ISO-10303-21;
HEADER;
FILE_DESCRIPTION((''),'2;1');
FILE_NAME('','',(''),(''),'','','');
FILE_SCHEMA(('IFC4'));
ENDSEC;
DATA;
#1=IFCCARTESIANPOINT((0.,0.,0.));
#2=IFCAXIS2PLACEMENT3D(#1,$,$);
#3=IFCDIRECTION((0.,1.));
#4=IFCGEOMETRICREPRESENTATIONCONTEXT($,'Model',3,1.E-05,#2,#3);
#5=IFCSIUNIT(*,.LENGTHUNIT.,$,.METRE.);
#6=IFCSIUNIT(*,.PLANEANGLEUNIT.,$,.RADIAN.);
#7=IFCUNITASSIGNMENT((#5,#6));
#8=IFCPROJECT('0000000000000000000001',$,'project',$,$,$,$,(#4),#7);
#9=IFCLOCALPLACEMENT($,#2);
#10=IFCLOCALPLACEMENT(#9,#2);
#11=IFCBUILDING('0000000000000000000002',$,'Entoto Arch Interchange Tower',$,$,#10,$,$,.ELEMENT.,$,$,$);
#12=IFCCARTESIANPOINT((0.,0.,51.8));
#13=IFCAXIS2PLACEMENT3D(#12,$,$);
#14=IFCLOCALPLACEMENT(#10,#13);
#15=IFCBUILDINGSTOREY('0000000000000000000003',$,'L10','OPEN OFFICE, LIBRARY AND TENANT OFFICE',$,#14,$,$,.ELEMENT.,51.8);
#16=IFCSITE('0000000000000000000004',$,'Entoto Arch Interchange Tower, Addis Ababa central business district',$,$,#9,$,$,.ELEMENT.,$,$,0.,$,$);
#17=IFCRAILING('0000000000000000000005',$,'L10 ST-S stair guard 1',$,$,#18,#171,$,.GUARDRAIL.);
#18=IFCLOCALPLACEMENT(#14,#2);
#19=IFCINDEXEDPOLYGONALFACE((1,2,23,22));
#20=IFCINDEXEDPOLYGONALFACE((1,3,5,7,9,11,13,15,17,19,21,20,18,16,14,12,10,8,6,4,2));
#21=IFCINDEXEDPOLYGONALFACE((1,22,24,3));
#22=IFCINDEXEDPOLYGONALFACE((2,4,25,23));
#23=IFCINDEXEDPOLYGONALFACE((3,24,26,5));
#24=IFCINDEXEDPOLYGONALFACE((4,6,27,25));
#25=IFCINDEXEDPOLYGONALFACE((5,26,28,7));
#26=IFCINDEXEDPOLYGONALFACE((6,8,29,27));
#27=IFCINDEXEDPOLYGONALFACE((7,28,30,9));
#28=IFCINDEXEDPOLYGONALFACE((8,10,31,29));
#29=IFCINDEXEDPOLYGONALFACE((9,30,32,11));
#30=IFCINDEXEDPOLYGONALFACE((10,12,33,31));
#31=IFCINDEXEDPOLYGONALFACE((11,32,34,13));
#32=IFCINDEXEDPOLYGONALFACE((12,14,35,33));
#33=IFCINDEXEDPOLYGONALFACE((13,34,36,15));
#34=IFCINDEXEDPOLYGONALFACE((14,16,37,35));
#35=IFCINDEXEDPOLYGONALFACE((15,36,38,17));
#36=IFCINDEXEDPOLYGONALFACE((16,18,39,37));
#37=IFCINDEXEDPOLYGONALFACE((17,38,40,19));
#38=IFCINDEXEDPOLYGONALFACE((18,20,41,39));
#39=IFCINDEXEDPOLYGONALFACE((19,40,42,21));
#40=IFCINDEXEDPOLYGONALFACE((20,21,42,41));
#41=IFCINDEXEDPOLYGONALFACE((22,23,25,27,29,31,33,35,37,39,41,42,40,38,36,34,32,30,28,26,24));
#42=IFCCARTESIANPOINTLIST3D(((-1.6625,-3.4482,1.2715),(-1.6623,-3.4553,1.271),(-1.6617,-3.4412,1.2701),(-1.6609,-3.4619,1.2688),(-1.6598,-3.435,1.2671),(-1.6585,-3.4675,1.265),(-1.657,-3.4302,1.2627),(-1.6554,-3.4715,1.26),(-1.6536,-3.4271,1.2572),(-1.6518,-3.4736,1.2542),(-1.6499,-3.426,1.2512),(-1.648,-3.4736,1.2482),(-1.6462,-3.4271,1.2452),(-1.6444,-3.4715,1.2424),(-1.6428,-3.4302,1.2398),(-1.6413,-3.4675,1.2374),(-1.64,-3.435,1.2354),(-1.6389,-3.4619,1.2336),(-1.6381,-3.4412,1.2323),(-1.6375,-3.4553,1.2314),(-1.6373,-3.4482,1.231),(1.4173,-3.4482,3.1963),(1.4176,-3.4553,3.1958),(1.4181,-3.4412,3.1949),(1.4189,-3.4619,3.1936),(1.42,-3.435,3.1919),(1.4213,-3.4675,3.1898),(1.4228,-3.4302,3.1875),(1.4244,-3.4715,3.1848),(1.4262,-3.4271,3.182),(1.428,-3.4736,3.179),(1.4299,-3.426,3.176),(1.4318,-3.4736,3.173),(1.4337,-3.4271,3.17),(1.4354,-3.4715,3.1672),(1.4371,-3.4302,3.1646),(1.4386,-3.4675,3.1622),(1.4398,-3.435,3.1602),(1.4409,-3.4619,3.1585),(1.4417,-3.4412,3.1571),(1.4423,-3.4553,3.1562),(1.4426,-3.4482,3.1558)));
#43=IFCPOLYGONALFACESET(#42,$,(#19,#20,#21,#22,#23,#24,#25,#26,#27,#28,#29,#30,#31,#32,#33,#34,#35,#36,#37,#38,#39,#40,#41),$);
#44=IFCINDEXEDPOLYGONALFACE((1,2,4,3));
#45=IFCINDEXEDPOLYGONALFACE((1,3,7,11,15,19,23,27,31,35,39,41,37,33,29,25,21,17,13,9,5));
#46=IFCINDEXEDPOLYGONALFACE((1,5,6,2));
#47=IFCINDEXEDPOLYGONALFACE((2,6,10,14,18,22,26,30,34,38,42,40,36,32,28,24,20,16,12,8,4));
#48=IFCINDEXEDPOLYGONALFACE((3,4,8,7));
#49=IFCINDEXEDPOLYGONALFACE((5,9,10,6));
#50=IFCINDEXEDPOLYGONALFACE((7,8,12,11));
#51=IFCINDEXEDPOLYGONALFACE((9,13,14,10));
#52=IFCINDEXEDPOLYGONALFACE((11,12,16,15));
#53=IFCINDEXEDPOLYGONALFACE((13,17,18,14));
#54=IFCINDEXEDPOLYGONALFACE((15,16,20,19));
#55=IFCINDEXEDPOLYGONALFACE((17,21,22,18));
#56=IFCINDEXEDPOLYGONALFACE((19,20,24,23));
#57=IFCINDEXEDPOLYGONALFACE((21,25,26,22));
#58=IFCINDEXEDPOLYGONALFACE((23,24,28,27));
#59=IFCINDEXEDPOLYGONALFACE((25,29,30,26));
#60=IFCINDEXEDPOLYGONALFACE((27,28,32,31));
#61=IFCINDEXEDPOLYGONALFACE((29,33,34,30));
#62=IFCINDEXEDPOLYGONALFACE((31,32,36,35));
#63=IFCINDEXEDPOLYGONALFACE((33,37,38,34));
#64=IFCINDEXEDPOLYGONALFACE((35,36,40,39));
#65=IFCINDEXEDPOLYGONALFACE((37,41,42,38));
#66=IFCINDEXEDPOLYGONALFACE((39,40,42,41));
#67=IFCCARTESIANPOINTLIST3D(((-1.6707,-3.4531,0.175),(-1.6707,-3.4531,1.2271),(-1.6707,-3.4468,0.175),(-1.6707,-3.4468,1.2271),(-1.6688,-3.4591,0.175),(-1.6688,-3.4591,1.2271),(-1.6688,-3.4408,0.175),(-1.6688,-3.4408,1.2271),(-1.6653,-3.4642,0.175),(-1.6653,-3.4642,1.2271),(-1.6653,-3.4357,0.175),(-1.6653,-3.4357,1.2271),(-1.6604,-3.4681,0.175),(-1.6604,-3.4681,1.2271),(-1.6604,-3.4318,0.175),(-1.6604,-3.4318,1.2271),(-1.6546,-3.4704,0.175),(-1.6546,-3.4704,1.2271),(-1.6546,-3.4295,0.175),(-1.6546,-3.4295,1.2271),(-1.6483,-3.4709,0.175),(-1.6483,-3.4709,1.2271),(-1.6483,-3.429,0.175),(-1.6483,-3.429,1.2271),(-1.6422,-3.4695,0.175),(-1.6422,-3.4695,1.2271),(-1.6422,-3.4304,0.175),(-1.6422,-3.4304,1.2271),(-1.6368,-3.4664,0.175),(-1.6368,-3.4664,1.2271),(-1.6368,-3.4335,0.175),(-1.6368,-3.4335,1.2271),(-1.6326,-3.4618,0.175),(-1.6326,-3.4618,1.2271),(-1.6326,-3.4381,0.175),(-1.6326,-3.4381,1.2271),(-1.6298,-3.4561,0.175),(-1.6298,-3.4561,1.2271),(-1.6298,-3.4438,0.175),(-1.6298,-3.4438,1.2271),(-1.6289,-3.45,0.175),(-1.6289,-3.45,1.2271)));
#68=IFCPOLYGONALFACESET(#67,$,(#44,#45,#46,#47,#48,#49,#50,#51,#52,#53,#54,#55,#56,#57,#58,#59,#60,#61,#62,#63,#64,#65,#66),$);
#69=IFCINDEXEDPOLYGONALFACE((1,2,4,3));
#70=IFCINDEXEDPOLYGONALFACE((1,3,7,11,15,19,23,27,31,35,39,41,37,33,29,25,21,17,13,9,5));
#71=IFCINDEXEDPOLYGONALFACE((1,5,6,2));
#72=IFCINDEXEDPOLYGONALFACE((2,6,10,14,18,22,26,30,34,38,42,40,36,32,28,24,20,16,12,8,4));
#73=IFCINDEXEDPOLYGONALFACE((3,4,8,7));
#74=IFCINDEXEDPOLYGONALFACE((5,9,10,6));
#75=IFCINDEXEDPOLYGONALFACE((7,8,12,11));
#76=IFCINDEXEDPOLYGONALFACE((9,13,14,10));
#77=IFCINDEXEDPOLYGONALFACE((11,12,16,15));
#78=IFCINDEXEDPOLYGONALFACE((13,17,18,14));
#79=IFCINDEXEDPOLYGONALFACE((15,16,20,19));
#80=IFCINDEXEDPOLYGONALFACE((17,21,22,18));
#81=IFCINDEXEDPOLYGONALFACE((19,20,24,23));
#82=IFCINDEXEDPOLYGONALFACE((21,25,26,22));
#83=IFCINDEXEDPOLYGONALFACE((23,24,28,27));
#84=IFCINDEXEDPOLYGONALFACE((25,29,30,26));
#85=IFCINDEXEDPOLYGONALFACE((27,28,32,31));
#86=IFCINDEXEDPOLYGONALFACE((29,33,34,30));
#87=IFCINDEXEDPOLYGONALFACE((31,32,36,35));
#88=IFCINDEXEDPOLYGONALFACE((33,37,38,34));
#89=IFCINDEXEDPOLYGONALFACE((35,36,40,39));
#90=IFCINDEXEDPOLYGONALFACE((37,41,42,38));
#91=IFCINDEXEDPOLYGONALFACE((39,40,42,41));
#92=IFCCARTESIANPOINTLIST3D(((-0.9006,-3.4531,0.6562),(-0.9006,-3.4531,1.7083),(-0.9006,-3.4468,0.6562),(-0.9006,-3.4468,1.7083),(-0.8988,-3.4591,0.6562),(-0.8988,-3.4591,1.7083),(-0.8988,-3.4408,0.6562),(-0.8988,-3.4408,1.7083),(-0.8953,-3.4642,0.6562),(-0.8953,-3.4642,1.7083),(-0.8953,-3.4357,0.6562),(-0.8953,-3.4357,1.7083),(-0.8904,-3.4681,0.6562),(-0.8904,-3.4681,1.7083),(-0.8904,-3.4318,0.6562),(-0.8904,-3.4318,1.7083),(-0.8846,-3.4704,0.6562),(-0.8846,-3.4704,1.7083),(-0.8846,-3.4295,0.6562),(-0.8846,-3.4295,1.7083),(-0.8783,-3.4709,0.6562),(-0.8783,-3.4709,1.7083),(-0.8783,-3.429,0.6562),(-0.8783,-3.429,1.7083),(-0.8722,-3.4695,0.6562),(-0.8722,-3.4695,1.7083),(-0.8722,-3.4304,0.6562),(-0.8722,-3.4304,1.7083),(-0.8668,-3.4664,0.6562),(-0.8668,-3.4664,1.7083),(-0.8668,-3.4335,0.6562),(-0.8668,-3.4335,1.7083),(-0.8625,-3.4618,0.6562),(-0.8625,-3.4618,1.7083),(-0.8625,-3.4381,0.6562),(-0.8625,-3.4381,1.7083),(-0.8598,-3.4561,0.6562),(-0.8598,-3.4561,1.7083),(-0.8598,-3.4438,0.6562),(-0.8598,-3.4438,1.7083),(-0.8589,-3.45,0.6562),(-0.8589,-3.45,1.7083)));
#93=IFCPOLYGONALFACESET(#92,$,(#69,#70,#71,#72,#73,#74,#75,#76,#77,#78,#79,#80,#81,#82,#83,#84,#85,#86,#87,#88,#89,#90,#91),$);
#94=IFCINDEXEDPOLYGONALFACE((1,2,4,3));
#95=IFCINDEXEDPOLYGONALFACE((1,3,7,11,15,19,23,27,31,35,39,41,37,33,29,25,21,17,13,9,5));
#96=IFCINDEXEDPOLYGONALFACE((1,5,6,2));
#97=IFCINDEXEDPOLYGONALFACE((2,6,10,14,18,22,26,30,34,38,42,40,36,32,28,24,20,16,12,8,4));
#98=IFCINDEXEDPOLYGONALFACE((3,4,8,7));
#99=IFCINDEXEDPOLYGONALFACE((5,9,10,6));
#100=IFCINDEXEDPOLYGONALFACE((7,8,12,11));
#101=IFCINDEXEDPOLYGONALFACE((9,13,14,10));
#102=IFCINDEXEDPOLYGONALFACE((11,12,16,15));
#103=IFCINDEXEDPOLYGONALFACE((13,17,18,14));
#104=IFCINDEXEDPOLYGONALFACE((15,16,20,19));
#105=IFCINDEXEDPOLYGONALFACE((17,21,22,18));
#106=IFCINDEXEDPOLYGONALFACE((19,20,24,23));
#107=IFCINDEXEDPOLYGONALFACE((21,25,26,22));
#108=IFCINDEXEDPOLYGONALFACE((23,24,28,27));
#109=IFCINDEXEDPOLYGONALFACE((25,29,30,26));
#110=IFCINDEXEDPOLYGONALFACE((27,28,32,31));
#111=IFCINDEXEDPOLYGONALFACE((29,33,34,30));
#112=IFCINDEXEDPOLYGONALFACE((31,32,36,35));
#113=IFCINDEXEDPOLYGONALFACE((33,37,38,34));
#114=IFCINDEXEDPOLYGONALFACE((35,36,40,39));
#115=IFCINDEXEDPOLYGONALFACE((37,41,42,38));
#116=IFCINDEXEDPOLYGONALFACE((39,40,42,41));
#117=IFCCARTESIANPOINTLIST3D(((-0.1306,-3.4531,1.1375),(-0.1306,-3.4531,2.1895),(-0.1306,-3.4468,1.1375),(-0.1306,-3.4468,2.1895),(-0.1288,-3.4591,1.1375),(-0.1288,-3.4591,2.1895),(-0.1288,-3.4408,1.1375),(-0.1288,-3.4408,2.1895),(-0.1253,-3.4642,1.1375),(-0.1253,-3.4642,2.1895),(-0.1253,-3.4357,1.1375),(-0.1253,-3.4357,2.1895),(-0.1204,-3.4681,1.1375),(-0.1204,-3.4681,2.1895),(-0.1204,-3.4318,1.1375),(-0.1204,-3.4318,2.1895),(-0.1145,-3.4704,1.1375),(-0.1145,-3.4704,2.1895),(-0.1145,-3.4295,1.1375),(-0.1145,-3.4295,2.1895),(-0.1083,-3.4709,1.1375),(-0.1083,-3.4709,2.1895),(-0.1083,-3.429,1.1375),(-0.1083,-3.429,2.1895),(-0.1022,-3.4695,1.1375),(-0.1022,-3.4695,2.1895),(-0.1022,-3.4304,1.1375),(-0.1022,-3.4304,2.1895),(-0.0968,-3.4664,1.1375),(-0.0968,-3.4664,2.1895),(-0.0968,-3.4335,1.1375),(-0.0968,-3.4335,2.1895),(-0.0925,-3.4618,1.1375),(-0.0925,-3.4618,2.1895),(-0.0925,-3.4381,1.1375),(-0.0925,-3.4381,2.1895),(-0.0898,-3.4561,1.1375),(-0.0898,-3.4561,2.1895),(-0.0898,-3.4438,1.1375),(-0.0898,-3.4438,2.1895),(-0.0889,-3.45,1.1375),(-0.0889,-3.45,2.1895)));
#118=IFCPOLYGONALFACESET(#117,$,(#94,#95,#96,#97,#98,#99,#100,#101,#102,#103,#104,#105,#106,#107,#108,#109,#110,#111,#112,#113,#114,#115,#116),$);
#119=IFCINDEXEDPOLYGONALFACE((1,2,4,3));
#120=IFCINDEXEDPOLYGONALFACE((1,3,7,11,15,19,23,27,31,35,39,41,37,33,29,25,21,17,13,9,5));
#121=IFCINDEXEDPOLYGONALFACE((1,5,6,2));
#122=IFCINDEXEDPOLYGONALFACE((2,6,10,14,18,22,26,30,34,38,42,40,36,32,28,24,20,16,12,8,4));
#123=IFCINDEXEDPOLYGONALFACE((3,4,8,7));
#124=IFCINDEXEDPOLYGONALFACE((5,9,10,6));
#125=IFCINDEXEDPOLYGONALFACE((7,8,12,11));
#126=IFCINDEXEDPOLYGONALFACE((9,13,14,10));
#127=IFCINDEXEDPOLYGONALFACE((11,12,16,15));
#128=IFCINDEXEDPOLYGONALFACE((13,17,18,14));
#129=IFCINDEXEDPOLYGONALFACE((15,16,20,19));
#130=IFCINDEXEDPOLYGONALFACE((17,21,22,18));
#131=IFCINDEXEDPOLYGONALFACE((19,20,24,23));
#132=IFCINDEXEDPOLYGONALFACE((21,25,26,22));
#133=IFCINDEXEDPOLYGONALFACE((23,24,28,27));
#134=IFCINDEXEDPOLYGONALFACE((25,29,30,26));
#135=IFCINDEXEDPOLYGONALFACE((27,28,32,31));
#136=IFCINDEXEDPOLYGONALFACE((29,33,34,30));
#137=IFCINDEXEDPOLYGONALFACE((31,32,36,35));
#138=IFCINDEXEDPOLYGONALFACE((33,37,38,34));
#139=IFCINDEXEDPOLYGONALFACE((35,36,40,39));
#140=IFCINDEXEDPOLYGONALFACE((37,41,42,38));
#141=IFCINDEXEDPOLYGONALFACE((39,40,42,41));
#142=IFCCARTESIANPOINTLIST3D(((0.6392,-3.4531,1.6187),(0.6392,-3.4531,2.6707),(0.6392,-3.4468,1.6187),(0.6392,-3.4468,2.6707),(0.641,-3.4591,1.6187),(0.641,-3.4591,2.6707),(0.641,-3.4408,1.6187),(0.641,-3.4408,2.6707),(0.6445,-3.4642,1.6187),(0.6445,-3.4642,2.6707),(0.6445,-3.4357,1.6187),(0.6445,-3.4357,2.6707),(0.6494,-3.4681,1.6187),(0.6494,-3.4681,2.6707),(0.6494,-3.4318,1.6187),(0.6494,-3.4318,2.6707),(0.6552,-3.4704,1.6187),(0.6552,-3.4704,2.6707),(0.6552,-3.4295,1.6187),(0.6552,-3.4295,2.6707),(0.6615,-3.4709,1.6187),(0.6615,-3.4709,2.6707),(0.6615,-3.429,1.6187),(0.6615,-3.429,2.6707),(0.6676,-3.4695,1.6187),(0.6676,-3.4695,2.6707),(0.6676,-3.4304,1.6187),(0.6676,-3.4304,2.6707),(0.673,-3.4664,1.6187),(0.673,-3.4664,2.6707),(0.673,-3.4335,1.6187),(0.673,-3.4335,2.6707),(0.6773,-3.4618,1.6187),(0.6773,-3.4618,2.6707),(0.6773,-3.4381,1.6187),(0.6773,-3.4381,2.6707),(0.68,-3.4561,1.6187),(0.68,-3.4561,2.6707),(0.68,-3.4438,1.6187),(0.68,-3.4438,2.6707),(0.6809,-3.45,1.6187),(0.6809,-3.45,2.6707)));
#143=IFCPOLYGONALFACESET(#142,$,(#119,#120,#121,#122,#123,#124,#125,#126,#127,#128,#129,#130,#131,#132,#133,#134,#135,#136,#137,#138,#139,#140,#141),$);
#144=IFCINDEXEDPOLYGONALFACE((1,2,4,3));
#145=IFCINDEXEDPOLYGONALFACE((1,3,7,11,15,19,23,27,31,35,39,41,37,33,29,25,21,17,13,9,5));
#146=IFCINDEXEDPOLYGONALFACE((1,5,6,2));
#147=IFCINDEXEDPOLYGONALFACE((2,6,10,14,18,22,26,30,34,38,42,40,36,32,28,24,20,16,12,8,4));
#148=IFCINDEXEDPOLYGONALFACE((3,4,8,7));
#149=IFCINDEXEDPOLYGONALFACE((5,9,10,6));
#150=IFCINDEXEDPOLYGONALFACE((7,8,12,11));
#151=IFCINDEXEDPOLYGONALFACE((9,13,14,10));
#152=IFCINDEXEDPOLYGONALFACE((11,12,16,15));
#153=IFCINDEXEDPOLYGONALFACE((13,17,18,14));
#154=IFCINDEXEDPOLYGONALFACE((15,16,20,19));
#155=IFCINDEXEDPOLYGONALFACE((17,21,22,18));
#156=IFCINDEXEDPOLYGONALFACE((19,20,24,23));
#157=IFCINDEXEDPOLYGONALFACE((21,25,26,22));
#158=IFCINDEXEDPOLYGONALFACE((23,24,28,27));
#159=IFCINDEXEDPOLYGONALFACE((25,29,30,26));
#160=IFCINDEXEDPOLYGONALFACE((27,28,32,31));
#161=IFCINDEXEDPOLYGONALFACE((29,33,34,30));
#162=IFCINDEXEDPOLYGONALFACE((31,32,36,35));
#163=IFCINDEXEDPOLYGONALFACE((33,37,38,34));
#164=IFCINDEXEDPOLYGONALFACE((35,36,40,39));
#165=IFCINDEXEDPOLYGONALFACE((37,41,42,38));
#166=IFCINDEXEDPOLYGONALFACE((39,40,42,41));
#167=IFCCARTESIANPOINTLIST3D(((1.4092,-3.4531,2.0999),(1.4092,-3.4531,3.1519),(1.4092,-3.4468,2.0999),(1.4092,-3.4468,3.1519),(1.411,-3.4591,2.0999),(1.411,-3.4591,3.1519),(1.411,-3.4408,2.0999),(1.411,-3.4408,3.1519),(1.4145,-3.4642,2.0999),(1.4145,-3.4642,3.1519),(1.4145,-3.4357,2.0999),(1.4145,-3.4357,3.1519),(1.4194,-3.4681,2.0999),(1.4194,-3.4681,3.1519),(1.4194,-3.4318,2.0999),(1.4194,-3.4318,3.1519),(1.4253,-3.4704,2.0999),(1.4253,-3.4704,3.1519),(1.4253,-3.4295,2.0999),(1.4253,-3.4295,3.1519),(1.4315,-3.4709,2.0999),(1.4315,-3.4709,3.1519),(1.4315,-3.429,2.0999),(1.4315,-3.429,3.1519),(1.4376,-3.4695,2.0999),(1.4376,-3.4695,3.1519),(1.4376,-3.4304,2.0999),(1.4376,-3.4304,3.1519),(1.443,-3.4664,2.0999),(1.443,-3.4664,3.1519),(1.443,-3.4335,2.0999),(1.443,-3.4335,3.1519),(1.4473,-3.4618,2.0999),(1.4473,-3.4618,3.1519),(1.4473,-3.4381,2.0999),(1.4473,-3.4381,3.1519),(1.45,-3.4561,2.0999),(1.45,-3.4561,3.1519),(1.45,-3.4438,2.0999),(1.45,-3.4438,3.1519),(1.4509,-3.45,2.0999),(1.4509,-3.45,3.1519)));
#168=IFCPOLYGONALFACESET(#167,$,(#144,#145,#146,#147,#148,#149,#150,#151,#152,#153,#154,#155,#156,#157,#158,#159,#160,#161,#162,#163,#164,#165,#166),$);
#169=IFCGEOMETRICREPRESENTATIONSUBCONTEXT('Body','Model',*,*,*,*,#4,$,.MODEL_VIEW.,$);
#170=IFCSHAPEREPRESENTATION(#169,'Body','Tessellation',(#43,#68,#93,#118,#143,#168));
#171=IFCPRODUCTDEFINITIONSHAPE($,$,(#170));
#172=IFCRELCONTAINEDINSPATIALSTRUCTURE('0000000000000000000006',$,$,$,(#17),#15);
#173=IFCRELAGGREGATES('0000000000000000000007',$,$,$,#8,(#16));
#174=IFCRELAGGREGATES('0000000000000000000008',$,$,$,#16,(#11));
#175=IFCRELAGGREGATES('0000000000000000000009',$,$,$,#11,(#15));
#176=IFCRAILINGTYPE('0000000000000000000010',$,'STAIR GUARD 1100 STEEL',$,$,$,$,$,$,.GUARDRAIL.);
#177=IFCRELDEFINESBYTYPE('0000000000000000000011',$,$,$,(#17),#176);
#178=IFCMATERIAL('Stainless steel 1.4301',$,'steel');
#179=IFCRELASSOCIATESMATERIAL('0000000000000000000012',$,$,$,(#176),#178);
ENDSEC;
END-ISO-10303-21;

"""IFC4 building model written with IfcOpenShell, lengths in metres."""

from ifc_helpers import new_model, si_unit, direction, frame, origin, origin_2d, place, context, subcontext, project, spatial, circle, extrude, material, type_object, element, save


model = new_model("IFC4")

# Units and contexts
model_context = context("Model", 3, precision=1e-05, world=origin(), true_north=direction((0.0, 1.0)))
body_context = subcontext(model_context, "Body", "Model", "MODEL_VIEW")
ifc_project = project(units=[si_unit("LENGTHUNIT", "METRE"), si_unit("PLANEANGLEUNIT", "RADIAN")], contexts=[model_context])

# Site, building, storey
site_placement = place(None, origin())
site = spatial("IfcSite", under=ifc_project, at=site_placement, Name="Entoto Arch Interchange Tower, Addis Ababa central business district", CompositionType="ELEMENT", RefElevation=0.0)
building_placement = place(site_placement, origin())
building = spatial("IfcBuilding", under=site, at=building_placement, Name="Entoto Arch Interchange Tower", CompositionType="ELEMENT")
storey_placement = place(building_placement, frame((0.0, 0.0, 51.8)))
storey = spatial("IfcBuildingStorey", under=building, at=storey_placement, Name="L10", Description="OPEN OFFICE, LIBRARY AND TENANT OFFICE", CompositionType="ELEMENT", Elevation=51.8)

# Railing
ifc_material_1 = material(Name="Stainless steel 1.4301", Category="steel")
railing_type_1 = type_object("IfcRailingType", Name="STAIR GUARD 1100 STEEL", PredefinedType="GUARDRAIL", material=ifc_material_1)
railing_1_placement = place(storey_placement, frame((-1.6499, -3.45, 0.175)))
element("IfcRailing", 1, at=railing_1_placement, inside=storey, type_object=railing_type_1, Name="L10 ST-S stair guard 1", PredefinedType="GUARDRAIL", context=body_context, shape_type="SweptSolid", body=[
    extrude(circle(Radius=0.0239, at=origin_2d()), frame((0.0, 0.0, 1.0762), z_axis=(0.84801, 0.0, 0.529981), x_axis=(0.0, 1.0, 0.0)), (0.0, 0.0, 1.0), 3.6318),
    extrude(circle(Radius=0.021, at=origin_2d()), origin(), (0.0, 0.0, 1.0), 1.052),
    extrude(circle(Radius=0.021, at=origin_2d()), frame((0.77, 0.0, 0.4812)), (0.0, 0.0, 1.0), 1.052),
    extrude(circle(Radius=0.021, at=origin_2d()), frame((1.54, 0.0, 0.9624)), (0.0, 0.0, 1.0), 1.052),
    extrude(circle(Radius=0.021, at=origin_2d()), frame((2.3098, 0.0, 1.4436)), (0.0, 0.0, 1.0), 1.052),
    extrude(circle(Radius=0.021, at=origin_2d()), frame((3.0798, 0.0, 1.9248)), (0.0, 0.0, 1.0), 1.052),
])

save(model, "model.ifc")
